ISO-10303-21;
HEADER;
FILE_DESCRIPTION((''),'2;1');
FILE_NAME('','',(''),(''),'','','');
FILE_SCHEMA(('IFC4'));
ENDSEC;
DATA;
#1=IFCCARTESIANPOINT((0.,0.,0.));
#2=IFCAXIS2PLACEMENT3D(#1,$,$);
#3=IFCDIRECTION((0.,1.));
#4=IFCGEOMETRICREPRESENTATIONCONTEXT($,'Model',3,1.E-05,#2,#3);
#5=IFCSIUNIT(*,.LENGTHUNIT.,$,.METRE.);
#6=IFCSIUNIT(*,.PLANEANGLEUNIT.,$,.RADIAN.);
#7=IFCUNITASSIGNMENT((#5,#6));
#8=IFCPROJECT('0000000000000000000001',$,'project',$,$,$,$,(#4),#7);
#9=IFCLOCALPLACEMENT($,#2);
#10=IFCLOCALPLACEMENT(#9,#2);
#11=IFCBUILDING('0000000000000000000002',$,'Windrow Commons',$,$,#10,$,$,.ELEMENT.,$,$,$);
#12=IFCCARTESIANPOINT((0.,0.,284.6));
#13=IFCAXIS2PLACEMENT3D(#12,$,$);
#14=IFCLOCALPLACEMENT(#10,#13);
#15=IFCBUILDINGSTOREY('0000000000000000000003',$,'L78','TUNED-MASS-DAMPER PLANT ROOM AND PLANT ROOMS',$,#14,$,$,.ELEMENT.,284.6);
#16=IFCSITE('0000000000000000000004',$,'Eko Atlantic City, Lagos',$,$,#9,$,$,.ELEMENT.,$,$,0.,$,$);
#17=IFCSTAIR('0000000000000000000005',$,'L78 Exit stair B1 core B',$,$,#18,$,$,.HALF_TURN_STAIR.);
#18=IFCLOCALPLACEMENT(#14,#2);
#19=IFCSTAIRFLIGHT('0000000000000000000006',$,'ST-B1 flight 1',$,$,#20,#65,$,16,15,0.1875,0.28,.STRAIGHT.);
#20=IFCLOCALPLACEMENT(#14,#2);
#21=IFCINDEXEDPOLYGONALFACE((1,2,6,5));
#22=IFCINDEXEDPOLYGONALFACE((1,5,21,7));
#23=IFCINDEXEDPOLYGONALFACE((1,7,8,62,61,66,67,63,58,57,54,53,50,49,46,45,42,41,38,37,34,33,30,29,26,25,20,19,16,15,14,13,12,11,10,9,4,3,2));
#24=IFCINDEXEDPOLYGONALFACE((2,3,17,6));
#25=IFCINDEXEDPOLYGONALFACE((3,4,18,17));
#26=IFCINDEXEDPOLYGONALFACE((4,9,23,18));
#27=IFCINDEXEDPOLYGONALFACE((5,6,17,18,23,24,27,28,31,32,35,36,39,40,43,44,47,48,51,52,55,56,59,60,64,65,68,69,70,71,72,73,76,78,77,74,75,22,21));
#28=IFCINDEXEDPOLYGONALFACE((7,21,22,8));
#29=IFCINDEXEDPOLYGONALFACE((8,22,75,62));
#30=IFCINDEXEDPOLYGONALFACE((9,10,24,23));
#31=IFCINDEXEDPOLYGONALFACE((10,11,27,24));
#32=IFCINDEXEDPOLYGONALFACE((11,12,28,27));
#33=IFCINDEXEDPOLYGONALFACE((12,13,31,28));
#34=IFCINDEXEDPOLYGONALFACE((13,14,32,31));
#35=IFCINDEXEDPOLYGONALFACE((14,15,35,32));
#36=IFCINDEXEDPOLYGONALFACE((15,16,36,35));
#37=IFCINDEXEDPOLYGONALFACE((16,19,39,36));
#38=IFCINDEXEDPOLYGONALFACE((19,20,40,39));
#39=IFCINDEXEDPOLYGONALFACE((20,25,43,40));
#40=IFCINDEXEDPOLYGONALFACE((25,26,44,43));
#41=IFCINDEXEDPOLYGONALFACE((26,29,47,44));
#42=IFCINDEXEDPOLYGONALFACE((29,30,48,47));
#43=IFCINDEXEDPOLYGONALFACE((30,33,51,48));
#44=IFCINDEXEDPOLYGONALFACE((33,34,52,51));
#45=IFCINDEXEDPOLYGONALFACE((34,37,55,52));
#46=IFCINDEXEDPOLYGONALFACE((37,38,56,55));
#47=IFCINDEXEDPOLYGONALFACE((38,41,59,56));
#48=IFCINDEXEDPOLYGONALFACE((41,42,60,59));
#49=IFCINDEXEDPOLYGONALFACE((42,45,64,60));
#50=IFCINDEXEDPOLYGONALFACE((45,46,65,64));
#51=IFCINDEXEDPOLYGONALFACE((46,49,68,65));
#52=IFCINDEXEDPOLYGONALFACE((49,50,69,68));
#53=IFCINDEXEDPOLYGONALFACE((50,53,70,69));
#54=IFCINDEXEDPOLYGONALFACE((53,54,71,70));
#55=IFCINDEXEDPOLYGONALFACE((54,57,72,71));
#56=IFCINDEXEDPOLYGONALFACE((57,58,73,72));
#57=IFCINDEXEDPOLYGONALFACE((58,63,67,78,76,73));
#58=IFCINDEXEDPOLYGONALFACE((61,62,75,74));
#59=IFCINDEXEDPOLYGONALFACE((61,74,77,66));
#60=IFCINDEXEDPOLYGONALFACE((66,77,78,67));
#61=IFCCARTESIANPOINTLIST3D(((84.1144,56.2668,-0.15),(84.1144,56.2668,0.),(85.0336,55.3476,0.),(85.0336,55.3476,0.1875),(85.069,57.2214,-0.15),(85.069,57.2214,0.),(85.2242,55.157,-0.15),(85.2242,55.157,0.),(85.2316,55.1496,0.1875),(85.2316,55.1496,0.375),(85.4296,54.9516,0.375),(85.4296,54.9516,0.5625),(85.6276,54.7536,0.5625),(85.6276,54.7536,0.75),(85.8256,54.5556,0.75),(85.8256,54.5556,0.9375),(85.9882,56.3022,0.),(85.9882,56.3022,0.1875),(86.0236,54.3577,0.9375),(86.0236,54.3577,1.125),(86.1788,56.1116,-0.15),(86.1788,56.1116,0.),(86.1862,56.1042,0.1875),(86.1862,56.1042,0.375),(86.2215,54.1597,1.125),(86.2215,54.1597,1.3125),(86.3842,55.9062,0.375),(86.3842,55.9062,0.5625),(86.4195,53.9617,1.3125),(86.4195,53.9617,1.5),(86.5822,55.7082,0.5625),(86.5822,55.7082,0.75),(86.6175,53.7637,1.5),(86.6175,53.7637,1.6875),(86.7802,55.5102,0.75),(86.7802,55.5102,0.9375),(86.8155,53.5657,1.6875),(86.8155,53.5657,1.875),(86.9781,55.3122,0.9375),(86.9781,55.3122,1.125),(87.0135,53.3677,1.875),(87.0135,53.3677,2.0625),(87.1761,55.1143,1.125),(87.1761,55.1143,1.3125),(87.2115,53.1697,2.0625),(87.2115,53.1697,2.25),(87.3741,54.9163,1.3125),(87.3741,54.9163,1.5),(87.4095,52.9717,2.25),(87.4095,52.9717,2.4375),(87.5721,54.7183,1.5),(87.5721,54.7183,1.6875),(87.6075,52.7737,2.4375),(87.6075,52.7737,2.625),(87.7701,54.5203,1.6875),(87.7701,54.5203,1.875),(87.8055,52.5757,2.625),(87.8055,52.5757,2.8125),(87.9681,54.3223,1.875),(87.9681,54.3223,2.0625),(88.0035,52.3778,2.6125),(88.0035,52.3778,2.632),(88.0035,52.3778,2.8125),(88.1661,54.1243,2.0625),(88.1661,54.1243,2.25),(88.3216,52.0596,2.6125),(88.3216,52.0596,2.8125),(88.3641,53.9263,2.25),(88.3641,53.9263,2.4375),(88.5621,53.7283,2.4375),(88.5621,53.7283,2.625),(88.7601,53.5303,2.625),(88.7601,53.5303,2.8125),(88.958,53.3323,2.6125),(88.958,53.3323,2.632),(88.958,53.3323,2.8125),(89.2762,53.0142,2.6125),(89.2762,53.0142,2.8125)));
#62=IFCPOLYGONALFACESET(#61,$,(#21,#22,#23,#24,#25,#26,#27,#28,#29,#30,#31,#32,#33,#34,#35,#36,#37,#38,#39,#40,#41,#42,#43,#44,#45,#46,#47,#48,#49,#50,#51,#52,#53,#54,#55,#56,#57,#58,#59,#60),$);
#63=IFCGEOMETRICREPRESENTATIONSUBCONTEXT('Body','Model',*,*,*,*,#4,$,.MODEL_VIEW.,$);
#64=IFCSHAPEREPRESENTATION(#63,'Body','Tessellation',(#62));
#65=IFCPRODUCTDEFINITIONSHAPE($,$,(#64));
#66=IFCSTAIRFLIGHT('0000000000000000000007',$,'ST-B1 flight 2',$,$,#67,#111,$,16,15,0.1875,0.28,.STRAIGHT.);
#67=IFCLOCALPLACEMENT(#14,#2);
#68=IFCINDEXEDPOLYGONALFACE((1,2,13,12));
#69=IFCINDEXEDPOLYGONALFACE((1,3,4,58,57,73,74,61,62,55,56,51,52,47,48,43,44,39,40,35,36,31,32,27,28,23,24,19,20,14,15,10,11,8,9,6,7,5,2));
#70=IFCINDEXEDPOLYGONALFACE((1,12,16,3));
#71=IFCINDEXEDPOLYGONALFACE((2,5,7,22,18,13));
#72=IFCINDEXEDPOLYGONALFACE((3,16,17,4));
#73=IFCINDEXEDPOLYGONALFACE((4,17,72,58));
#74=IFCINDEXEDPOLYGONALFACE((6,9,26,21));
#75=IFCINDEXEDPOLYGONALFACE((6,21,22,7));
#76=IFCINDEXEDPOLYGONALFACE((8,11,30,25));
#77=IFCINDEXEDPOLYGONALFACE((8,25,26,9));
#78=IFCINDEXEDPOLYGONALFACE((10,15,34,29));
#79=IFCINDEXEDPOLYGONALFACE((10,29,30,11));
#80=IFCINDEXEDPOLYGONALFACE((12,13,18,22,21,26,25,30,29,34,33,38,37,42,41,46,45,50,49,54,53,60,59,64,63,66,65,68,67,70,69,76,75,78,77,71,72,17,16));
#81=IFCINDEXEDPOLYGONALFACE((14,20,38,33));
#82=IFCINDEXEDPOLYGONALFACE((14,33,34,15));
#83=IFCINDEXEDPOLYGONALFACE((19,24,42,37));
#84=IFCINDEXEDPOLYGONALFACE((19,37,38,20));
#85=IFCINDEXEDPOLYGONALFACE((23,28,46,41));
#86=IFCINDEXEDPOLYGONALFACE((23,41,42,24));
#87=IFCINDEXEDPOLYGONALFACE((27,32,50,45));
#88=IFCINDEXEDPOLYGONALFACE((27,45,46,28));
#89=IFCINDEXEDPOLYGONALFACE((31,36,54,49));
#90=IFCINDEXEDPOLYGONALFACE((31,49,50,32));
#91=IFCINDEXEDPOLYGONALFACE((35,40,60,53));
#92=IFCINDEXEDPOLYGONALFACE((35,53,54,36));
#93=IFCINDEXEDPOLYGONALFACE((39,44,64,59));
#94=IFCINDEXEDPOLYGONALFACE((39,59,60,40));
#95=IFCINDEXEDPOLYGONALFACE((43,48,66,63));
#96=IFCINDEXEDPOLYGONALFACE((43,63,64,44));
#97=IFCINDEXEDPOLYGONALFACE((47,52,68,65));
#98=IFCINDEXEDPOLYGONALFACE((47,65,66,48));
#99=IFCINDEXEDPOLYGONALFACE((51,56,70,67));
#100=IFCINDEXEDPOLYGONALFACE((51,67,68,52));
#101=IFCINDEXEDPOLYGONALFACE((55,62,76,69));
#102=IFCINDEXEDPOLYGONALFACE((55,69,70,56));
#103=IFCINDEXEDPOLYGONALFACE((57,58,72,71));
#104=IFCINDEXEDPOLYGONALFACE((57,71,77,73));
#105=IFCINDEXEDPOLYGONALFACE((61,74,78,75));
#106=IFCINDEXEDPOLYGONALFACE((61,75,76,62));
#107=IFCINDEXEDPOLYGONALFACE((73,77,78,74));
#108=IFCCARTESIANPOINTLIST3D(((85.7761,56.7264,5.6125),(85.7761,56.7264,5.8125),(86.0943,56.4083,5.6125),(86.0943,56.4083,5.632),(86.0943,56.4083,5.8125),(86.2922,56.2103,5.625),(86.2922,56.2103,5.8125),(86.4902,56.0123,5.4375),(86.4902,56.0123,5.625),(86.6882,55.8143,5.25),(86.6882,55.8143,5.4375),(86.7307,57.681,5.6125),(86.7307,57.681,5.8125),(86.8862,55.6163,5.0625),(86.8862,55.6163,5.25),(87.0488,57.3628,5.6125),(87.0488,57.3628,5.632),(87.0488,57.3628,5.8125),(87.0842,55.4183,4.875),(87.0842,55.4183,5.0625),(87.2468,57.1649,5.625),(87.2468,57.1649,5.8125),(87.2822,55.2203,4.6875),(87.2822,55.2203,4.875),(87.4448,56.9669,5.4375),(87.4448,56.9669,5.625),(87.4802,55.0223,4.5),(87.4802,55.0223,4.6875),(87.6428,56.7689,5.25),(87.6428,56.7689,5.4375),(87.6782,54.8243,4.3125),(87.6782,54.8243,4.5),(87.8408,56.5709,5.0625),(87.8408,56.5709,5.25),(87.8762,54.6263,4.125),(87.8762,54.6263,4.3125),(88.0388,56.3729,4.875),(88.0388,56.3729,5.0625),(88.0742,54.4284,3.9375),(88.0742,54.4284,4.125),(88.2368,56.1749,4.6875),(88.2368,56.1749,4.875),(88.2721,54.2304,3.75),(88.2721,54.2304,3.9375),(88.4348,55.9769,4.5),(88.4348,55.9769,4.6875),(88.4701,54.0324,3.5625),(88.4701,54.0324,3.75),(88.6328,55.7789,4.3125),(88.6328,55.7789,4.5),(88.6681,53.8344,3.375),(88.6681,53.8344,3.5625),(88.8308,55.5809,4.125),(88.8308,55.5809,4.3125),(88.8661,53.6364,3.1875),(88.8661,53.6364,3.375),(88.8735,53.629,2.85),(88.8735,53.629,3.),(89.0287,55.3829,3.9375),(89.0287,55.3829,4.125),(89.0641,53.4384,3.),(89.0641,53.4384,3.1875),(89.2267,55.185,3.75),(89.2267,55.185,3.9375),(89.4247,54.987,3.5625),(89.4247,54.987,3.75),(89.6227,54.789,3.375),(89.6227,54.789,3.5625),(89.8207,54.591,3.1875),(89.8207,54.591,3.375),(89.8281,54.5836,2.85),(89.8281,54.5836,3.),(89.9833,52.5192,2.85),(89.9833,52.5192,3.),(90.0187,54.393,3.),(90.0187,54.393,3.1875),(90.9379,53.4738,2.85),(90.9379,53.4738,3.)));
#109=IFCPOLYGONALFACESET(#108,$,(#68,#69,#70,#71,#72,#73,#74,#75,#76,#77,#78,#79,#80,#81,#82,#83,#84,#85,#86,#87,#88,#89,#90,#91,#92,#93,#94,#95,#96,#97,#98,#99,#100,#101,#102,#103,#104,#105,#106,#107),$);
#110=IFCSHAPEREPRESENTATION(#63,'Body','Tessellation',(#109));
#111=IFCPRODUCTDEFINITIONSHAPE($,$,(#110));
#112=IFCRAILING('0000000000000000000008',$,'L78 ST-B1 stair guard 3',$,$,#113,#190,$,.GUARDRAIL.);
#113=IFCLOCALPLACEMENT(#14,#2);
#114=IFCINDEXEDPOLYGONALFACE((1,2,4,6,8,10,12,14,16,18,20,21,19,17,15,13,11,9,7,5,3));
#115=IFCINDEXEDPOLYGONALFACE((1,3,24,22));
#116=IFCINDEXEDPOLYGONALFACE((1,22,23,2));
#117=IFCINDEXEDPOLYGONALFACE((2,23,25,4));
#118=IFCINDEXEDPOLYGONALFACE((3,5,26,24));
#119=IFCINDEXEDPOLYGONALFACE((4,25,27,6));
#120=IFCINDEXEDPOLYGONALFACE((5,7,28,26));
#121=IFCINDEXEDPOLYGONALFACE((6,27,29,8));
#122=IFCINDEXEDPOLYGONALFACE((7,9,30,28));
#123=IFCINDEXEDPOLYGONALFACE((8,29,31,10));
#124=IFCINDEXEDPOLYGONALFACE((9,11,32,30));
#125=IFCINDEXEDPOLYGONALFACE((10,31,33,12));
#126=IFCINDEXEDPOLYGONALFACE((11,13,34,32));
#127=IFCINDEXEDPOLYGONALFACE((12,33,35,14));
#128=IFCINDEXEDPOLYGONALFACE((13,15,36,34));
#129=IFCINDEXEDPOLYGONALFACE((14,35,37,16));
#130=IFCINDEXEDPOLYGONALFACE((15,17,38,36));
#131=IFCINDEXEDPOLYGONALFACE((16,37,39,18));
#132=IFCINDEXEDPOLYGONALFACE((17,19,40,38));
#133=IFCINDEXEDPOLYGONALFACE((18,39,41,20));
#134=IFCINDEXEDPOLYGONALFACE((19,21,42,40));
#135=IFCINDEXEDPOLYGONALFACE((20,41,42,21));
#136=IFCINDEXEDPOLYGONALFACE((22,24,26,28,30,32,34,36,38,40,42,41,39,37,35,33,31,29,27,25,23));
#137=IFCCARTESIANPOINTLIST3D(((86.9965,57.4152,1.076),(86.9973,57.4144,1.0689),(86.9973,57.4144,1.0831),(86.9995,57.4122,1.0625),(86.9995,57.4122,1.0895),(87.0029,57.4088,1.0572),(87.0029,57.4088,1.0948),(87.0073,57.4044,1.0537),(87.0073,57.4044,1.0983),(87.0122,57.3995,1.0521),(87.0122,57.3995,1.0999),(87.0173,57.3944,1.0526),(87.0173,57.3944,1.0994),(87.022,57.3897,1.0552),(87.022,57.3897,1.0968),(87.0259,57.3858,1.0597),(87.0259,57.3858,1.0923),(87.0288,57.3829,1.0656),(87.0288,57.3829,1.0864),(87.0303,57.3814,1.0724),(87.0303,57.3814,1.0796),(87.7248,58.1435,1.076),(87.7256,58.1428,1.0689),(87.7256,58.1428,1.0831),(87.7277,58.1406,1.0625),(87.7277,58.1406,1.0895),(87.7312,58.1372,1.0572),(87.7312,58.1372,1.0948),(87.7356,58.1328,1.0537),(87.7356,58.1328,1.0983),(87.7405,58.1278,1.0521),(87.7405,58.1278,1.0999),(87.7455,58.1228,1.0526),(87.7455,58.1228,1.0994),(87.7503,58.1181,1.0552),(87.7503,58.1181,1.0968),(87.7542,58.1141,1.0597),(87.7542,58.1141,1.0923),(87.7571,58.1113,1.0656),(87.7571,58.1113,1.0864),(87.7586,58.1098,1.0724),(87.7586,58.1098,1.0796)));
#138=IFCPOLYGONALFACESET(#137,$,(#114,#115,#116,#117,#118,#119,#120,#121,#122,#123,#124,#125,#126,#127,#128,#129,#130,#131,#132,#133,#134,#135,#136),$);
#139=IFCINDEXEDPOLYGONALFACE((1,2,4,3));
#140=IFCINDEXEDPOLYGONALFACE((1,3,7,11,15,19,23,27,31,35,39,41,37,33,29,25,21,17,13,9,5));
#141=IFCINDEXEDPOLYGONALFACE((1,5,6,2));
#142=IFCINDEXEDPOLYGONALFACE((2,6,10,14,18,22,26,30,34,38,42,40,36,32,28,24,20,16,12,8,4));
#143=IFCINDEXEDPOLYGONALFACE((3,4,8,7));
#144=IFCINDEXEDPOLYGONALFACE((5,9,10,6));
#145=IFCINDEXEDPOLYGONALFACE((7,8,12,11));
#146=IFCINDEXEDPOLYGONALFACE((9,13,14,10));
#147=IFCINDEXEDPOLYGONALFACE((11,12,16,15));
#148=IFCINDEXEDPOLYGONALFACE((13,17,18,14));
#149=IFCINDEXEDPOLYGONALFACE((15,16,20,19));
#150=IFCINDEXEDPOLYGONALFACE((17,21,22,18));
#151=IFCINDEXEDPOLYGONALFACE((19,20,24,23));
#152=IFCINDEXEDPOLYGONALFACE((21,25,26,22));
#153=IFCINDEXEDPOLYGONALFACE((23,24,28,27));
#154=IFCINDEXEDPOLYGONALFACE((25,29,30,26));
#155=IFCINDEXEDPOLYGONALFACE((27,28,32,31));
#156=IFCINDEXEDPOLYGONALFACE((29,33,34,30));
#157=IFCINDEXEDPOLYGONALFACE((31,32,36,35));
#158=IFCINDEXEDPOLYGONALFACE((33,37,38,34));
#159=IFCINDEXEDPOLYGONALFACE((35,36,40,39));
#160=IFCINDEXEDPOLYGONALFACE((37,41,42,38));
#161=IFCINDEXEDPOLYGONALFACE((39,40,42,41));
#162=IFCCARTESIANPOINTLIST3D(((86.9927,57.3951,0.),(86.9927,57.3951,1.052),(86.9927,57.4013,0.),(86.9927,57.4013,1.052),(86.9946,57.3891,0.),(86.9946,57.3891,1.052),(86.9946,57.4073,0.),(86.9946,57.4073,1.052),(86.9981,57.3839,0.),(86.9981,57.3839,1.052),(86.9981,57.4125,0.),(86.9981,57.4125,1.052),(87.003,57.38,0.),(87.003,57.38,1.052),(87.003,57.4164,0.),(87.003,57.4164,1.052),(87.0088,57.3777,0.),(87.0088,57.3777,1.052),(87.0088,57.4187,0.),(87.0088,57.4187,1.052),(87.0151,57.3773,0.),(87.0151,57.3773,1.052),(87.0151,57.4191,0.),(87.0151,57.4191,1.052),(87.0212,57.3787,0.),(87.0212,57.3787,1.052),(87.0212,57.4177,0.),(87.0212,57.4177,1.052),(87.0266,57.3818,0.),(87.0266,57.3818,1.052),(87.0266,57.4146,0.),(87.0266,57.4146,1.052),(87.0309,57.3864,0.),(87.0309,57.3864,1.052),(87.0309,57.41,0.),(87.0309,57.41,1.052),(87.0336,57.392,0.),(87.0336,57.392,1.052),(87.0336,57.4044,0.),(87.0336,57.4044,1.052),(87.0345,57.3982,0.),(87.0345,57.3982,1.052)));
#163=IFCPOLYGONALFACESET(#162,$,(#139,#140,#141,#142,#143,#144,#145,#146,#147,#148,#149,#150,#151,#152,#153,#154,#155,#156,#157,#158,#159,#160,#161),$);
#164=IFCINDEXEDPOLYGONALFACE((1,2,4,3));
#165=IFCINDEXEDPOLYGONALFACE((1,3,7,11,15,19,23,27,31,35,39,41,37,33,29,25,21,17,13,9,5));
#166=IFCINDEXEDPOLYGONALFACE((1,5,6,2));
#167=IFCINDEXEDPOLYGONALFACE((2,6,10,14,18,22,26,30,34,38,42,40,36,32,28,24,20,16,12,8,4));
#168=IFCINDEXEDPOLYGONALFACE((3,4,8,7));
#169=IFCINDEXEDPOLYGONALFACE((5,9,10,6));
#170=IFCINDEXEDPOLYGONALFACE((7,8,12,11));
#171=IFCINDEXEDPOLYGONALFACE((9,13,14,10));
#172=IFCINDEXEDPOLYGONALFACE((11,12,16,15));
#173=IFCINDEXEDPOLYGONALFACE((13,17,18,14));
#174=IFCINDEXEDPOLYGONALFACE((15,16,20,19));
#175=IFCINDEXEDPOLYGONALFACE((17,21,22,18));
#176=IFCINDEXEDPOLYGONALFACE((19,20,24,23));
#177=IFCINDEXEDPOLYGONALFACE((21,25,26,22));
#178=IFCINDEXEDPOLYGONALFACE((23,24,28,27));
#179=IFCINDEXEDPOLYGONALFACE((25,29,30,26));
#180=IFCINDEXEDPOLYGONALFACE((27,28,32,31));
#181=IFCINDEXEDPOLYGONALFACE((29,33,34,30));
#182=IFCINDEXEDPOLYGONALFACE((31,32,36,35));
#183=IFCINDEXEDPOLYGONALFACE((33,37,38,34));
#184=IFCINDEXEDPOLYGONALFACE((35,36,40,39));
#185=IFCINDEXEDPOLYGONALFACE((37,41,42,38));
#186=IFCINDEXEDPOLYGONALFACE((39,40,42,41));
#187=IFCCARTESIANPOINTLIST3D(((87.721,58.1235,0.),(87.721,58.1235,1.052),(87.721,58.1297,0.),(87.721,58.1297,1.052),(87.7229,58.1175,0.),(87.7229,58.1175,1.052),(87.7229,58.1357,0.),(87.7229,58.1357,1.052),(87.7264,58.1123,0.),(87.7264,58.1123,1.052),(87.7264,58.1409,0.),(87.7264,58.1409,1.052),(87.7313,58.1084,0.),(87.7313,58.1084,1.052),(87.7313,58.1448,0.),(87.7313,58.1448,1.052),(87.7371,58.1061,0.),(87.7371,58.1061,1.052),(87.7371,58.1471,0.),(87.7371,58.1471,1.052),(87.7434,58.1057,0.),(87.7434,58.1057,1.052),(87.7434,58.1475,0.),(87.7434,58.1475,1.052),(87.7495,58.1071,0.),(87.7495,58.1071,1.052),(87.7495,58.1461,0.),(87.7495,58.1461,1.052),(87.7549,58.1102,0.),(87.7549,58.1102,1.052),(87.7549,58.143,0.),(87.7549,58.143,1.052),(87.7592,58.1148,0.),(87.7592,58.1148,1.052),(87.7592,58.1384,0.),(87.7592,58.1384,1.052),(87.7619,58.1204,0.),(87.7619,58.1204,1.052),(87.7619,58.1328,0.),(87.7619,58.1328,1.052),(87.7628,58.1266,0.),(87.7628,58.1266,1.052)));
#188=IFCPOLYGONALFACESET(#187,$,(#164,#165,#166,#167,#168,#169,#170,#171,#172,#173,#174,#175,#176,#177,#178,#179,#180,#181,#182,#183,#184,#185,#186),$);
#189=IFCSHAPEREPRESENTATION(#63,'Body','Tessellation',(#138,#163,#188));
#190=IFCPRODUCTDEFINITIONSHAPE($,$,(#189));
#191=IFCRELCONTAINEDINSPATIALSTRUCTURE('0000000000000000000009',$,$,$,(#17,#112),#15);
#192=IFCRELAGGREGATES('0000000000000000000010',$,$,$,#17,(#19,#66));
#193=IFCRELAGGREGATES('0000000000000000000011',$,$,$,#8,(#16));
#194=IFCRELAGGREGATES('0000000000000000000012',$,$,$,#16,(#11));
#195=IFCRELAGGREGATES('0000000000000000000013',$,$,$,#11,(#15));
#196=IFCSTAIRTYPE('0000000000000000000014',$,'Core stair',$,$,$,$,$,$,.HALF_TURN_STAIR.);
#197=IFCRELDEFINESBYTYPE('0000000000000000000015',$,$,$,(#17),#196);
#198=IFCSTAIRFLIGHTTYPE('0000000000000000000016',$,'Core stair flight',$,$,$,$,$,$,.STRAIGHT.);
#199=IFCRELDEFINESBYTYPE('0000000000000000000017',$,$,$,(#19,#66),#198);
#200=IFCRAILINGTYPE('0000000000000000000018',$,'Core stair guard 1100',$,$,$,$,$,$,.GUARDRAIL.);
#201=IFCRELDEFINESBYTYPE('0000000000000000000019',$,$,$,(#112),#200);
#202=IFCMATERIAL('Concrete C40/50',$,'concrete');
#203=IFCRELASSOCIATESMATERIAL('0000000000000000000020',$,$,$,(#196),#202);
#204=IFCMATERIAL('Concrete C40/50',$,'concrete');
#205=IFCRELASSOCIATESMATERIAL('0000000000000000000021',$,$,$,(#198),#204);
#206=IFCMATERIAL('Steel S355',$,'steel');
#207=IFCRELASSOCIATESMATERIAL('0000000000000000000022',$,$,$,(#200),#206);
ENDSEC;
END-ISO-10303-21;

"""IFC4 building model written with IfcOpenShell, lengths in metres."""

from ifc_helpers import new_model, si_unit, direction, frame, origin, origin_2d, place, context, subcontext, project, spatial, polyline, circle, outline, extrude, material, type_object, element, aggregate, save


model = new_model("IFC4")

# Units and contexts
model_context = context("Model", 3, precision=1e-05, world=origin(), true_north=direction((0.0, 1.0)))
body_context = subcontext(model_context, "Body", "Model", "MODEL_VIEW")
ifc_project = project(units=[si_unit("LENGTHUNIT", "METRE"), si_unit("PLANEANGLEUNIT", "RADIAN")], contexts=[model_context])

# Site, building, storey
site_placement = place(None, origin())
site = spatial("IfcSite", under=ifc_project, at=site_placement, Name="Eko Atlantic City, Lagos", CompositionType="ELEMENT", RefElevation=0.0)
building_placement = place(site_placement, origin())
building = spatial("IfcBuilding", under=site, at=building_placement, Name="Windrow Commons", CompositionType="ELEMENT")
storey_placement = place(building_placement, frame((0.0, 0.0, 284.6)))
storey = spatial("IfcBuildingStorey", under=building, at=storey_placement, Name="L78", Description="TUNED-MASS-DAMPER PLANT ROOM AND PLANT ROOMS", CompositionType="ELEMENT", Elevation=284.6)

# Stair, stair flights
ifc_material_1 = material(Name="Concrete C40/50", Category="concrete")
stair_type = type_object("IfcStairType", Name="Core stair", PredefinedType="HALF_TURN_STAIR", material=ifc_material_1)
stair_placement = place(storey_placement, origin())
stair = element("IfcStair", 1, at=stair_placement, inside=storey, type_object=stair_type, Name="L78 Exit stair B1 core B", PredefinedType="HALF_TURN_STAIR")
ifc_material_2 = material(Name="Concrete C40/50", Category="concrete")
stair_flight_type = type_object("IfcStairFlightType", Name="Core stair flight", PredefinedType="STRAIGHT", material=ifc_material_2)
stair_flight_1_placement = place(storey_placement, frame((85.5109, 55.8249, 0.0), z_axis=(0.0, 0.0, 1.0), x_axis=(0.707107, -0.707107, 0.0)))
stair_flight_1 = element("IfcStairFlight", 2, at=stair_flight_1_placement, type_object=stair_flight_type, Name="ST-B1 flight 1", NumberOfRisers=16, NumberOfTreads=15, PredefinedType="STRAIGHT", RiserHeight=0.1875, TreadLength=0.28, context=body_context, shape_type="SweptSolid", body=[
    extrude(outline(polyline([(-1.3, -0.15), (-1.3, 0.0), (0.0, 0.0), (0.0, 0.1875), (0.28, 0.1875), (0.28, 0.375), (0.56, 0.375), (0.56, 0.5625), (0.84, 0.5625), (0.84, 0.75), (1.12, 0.75), (1.12, 0.9375), (1.4, 0.9375), (1.4, 1.125), (1.68, 1.125), (1.68, 1.3125), (1.96, 1.3125), (1.96, 1.5), (2.24, 1.5), (2.24, 1.6875), (2.52, 1.6875), (2.52, 1.875), (2.8, 1.875), (2.8, 2.0625), (3.08, 2.0625), (3.08, 2.25), (3.36, 2.25), (3.36, 2.4375), (3.64, 2.4375), (3.64, 2.625), (3.92, 2.625), (3.92, 2.8125), (4.2, 2.8125), (4.65, 2.8125), (4.65, 2.6125), (4.2, 2.6125), (4.2, 2.632), (0.2696, 0.0), (0.2696, -0.15), (-1.3, -0.15)])), frame((0.0, 0.675, 0.0), z_axis=(0.0, -1.0, 0.0), x_axis=(1.0, 0.0, 0.0)), (0.0, 0.0, 1.0), 1.35),
])
stair_flight_2_placement = place(storey_placement, frame((89.5414, 53.9157, 3.0), z_axis=(0.0, 0.0, 1.0), x_axis=(-0.707107, 0.707107, 0.0)))
stair_flight_2 = element("IfcStairFlight", 3, at=stair_flight_2_placement, type_object=stair_flight_type, Name="ST-B1 flight 2", NumberOfRisers=16, NumberOfTreads=15, PredefinedType="STRAIGHT", RiserHeight=0.1875, TreadLength=0.28, context=body_context, shape_type="SweptSolid", body=[
    extrude(outline(polyline([(-1.3, -0.15), (-1.3, 0.0), (0.0, 0.0), (0.0, 0.1875), (0.28, 0.1875), (0.28, 0.375), (0.56, 0.375), (0.56, 0.5625), (0.84, 0.5625), (0.84, 0.75), (1.12, 0.75), (1.12, 0.9375), (1.4, 0.9375), (1.4, 1.125), (1.68, 1.125), (1.68, 1.3125), (1.96, 1.3125), (1.96, 1.5), (2.24, 1.5), (2.24, 1.6875), (2.52, 1.6875), (2.52, 1.875), (2.8, 1.875), (2.8, 2.0625), (3.08, 2.0625), (3.08, 2.25), (3.36, 2.25), (3.36, 2.4375), (3.64, 2.4375), (3.64, 2.625), (3.92, 2.625), (3.92, 2.8125), (4.2, 2.8125), (4.65, 2.8125), (4.65, 2.6125), (4.2, 2.6125), (4.2, 2.632), (0.2696, 0.0), (0.2696, -0.15), (-1.3, -0.15)])), frame((0.0, 0.675, 0.0), z_axis=(0.0, -1.0, 0.0), x_axis=(1.0, 0.0, 0.0)), (0.0, 0.0, 1.0), 1.35),
])
aggregate(stair, [stair_flight_1, stair_flight_2])

# Railing
ifc_material_3 = material(Name="Steel S355", Category="steel")
railing_type_1 = type_object("IfcRailingType", Name="Core stair guard 1100", PredefinedType="GUARDRAIL", material=ifc_material_3)
railing_1_placement = place(storey_placement, frame((87.0135, 57.3982, 0.0)))
element("IfcRailing", 4, at=railing_1_placement, inside=storey, type_object=railing_type_1, Name="L78 ST-B1 stair guard 3", PredefinedType="GUARDRAIL", context=body_context, shape_type="SweptSolid", body=[
    extrude(circle(Radius=0.024, at=origin_2d()), frame((0.0, 0.0, 1.076), z_axis=(0.707058, 0.707155, 0.0), x_axis=(-0.707155, 0.707058, 0.0)), (0.0, 0.0, 1.0), 1.03),
    extrude(circle(Radius=0.021, at=origin_2d()), origin(), (0.0, 0.0, 1.0), 1.052),
    extrude(circle(Radius=0.021, at=origin_2d()), frame((0.7283, 0.7284, 0.0)), (0.0, 0.0, 1.0), 1.052),
])

save(model, "model.ifc")
